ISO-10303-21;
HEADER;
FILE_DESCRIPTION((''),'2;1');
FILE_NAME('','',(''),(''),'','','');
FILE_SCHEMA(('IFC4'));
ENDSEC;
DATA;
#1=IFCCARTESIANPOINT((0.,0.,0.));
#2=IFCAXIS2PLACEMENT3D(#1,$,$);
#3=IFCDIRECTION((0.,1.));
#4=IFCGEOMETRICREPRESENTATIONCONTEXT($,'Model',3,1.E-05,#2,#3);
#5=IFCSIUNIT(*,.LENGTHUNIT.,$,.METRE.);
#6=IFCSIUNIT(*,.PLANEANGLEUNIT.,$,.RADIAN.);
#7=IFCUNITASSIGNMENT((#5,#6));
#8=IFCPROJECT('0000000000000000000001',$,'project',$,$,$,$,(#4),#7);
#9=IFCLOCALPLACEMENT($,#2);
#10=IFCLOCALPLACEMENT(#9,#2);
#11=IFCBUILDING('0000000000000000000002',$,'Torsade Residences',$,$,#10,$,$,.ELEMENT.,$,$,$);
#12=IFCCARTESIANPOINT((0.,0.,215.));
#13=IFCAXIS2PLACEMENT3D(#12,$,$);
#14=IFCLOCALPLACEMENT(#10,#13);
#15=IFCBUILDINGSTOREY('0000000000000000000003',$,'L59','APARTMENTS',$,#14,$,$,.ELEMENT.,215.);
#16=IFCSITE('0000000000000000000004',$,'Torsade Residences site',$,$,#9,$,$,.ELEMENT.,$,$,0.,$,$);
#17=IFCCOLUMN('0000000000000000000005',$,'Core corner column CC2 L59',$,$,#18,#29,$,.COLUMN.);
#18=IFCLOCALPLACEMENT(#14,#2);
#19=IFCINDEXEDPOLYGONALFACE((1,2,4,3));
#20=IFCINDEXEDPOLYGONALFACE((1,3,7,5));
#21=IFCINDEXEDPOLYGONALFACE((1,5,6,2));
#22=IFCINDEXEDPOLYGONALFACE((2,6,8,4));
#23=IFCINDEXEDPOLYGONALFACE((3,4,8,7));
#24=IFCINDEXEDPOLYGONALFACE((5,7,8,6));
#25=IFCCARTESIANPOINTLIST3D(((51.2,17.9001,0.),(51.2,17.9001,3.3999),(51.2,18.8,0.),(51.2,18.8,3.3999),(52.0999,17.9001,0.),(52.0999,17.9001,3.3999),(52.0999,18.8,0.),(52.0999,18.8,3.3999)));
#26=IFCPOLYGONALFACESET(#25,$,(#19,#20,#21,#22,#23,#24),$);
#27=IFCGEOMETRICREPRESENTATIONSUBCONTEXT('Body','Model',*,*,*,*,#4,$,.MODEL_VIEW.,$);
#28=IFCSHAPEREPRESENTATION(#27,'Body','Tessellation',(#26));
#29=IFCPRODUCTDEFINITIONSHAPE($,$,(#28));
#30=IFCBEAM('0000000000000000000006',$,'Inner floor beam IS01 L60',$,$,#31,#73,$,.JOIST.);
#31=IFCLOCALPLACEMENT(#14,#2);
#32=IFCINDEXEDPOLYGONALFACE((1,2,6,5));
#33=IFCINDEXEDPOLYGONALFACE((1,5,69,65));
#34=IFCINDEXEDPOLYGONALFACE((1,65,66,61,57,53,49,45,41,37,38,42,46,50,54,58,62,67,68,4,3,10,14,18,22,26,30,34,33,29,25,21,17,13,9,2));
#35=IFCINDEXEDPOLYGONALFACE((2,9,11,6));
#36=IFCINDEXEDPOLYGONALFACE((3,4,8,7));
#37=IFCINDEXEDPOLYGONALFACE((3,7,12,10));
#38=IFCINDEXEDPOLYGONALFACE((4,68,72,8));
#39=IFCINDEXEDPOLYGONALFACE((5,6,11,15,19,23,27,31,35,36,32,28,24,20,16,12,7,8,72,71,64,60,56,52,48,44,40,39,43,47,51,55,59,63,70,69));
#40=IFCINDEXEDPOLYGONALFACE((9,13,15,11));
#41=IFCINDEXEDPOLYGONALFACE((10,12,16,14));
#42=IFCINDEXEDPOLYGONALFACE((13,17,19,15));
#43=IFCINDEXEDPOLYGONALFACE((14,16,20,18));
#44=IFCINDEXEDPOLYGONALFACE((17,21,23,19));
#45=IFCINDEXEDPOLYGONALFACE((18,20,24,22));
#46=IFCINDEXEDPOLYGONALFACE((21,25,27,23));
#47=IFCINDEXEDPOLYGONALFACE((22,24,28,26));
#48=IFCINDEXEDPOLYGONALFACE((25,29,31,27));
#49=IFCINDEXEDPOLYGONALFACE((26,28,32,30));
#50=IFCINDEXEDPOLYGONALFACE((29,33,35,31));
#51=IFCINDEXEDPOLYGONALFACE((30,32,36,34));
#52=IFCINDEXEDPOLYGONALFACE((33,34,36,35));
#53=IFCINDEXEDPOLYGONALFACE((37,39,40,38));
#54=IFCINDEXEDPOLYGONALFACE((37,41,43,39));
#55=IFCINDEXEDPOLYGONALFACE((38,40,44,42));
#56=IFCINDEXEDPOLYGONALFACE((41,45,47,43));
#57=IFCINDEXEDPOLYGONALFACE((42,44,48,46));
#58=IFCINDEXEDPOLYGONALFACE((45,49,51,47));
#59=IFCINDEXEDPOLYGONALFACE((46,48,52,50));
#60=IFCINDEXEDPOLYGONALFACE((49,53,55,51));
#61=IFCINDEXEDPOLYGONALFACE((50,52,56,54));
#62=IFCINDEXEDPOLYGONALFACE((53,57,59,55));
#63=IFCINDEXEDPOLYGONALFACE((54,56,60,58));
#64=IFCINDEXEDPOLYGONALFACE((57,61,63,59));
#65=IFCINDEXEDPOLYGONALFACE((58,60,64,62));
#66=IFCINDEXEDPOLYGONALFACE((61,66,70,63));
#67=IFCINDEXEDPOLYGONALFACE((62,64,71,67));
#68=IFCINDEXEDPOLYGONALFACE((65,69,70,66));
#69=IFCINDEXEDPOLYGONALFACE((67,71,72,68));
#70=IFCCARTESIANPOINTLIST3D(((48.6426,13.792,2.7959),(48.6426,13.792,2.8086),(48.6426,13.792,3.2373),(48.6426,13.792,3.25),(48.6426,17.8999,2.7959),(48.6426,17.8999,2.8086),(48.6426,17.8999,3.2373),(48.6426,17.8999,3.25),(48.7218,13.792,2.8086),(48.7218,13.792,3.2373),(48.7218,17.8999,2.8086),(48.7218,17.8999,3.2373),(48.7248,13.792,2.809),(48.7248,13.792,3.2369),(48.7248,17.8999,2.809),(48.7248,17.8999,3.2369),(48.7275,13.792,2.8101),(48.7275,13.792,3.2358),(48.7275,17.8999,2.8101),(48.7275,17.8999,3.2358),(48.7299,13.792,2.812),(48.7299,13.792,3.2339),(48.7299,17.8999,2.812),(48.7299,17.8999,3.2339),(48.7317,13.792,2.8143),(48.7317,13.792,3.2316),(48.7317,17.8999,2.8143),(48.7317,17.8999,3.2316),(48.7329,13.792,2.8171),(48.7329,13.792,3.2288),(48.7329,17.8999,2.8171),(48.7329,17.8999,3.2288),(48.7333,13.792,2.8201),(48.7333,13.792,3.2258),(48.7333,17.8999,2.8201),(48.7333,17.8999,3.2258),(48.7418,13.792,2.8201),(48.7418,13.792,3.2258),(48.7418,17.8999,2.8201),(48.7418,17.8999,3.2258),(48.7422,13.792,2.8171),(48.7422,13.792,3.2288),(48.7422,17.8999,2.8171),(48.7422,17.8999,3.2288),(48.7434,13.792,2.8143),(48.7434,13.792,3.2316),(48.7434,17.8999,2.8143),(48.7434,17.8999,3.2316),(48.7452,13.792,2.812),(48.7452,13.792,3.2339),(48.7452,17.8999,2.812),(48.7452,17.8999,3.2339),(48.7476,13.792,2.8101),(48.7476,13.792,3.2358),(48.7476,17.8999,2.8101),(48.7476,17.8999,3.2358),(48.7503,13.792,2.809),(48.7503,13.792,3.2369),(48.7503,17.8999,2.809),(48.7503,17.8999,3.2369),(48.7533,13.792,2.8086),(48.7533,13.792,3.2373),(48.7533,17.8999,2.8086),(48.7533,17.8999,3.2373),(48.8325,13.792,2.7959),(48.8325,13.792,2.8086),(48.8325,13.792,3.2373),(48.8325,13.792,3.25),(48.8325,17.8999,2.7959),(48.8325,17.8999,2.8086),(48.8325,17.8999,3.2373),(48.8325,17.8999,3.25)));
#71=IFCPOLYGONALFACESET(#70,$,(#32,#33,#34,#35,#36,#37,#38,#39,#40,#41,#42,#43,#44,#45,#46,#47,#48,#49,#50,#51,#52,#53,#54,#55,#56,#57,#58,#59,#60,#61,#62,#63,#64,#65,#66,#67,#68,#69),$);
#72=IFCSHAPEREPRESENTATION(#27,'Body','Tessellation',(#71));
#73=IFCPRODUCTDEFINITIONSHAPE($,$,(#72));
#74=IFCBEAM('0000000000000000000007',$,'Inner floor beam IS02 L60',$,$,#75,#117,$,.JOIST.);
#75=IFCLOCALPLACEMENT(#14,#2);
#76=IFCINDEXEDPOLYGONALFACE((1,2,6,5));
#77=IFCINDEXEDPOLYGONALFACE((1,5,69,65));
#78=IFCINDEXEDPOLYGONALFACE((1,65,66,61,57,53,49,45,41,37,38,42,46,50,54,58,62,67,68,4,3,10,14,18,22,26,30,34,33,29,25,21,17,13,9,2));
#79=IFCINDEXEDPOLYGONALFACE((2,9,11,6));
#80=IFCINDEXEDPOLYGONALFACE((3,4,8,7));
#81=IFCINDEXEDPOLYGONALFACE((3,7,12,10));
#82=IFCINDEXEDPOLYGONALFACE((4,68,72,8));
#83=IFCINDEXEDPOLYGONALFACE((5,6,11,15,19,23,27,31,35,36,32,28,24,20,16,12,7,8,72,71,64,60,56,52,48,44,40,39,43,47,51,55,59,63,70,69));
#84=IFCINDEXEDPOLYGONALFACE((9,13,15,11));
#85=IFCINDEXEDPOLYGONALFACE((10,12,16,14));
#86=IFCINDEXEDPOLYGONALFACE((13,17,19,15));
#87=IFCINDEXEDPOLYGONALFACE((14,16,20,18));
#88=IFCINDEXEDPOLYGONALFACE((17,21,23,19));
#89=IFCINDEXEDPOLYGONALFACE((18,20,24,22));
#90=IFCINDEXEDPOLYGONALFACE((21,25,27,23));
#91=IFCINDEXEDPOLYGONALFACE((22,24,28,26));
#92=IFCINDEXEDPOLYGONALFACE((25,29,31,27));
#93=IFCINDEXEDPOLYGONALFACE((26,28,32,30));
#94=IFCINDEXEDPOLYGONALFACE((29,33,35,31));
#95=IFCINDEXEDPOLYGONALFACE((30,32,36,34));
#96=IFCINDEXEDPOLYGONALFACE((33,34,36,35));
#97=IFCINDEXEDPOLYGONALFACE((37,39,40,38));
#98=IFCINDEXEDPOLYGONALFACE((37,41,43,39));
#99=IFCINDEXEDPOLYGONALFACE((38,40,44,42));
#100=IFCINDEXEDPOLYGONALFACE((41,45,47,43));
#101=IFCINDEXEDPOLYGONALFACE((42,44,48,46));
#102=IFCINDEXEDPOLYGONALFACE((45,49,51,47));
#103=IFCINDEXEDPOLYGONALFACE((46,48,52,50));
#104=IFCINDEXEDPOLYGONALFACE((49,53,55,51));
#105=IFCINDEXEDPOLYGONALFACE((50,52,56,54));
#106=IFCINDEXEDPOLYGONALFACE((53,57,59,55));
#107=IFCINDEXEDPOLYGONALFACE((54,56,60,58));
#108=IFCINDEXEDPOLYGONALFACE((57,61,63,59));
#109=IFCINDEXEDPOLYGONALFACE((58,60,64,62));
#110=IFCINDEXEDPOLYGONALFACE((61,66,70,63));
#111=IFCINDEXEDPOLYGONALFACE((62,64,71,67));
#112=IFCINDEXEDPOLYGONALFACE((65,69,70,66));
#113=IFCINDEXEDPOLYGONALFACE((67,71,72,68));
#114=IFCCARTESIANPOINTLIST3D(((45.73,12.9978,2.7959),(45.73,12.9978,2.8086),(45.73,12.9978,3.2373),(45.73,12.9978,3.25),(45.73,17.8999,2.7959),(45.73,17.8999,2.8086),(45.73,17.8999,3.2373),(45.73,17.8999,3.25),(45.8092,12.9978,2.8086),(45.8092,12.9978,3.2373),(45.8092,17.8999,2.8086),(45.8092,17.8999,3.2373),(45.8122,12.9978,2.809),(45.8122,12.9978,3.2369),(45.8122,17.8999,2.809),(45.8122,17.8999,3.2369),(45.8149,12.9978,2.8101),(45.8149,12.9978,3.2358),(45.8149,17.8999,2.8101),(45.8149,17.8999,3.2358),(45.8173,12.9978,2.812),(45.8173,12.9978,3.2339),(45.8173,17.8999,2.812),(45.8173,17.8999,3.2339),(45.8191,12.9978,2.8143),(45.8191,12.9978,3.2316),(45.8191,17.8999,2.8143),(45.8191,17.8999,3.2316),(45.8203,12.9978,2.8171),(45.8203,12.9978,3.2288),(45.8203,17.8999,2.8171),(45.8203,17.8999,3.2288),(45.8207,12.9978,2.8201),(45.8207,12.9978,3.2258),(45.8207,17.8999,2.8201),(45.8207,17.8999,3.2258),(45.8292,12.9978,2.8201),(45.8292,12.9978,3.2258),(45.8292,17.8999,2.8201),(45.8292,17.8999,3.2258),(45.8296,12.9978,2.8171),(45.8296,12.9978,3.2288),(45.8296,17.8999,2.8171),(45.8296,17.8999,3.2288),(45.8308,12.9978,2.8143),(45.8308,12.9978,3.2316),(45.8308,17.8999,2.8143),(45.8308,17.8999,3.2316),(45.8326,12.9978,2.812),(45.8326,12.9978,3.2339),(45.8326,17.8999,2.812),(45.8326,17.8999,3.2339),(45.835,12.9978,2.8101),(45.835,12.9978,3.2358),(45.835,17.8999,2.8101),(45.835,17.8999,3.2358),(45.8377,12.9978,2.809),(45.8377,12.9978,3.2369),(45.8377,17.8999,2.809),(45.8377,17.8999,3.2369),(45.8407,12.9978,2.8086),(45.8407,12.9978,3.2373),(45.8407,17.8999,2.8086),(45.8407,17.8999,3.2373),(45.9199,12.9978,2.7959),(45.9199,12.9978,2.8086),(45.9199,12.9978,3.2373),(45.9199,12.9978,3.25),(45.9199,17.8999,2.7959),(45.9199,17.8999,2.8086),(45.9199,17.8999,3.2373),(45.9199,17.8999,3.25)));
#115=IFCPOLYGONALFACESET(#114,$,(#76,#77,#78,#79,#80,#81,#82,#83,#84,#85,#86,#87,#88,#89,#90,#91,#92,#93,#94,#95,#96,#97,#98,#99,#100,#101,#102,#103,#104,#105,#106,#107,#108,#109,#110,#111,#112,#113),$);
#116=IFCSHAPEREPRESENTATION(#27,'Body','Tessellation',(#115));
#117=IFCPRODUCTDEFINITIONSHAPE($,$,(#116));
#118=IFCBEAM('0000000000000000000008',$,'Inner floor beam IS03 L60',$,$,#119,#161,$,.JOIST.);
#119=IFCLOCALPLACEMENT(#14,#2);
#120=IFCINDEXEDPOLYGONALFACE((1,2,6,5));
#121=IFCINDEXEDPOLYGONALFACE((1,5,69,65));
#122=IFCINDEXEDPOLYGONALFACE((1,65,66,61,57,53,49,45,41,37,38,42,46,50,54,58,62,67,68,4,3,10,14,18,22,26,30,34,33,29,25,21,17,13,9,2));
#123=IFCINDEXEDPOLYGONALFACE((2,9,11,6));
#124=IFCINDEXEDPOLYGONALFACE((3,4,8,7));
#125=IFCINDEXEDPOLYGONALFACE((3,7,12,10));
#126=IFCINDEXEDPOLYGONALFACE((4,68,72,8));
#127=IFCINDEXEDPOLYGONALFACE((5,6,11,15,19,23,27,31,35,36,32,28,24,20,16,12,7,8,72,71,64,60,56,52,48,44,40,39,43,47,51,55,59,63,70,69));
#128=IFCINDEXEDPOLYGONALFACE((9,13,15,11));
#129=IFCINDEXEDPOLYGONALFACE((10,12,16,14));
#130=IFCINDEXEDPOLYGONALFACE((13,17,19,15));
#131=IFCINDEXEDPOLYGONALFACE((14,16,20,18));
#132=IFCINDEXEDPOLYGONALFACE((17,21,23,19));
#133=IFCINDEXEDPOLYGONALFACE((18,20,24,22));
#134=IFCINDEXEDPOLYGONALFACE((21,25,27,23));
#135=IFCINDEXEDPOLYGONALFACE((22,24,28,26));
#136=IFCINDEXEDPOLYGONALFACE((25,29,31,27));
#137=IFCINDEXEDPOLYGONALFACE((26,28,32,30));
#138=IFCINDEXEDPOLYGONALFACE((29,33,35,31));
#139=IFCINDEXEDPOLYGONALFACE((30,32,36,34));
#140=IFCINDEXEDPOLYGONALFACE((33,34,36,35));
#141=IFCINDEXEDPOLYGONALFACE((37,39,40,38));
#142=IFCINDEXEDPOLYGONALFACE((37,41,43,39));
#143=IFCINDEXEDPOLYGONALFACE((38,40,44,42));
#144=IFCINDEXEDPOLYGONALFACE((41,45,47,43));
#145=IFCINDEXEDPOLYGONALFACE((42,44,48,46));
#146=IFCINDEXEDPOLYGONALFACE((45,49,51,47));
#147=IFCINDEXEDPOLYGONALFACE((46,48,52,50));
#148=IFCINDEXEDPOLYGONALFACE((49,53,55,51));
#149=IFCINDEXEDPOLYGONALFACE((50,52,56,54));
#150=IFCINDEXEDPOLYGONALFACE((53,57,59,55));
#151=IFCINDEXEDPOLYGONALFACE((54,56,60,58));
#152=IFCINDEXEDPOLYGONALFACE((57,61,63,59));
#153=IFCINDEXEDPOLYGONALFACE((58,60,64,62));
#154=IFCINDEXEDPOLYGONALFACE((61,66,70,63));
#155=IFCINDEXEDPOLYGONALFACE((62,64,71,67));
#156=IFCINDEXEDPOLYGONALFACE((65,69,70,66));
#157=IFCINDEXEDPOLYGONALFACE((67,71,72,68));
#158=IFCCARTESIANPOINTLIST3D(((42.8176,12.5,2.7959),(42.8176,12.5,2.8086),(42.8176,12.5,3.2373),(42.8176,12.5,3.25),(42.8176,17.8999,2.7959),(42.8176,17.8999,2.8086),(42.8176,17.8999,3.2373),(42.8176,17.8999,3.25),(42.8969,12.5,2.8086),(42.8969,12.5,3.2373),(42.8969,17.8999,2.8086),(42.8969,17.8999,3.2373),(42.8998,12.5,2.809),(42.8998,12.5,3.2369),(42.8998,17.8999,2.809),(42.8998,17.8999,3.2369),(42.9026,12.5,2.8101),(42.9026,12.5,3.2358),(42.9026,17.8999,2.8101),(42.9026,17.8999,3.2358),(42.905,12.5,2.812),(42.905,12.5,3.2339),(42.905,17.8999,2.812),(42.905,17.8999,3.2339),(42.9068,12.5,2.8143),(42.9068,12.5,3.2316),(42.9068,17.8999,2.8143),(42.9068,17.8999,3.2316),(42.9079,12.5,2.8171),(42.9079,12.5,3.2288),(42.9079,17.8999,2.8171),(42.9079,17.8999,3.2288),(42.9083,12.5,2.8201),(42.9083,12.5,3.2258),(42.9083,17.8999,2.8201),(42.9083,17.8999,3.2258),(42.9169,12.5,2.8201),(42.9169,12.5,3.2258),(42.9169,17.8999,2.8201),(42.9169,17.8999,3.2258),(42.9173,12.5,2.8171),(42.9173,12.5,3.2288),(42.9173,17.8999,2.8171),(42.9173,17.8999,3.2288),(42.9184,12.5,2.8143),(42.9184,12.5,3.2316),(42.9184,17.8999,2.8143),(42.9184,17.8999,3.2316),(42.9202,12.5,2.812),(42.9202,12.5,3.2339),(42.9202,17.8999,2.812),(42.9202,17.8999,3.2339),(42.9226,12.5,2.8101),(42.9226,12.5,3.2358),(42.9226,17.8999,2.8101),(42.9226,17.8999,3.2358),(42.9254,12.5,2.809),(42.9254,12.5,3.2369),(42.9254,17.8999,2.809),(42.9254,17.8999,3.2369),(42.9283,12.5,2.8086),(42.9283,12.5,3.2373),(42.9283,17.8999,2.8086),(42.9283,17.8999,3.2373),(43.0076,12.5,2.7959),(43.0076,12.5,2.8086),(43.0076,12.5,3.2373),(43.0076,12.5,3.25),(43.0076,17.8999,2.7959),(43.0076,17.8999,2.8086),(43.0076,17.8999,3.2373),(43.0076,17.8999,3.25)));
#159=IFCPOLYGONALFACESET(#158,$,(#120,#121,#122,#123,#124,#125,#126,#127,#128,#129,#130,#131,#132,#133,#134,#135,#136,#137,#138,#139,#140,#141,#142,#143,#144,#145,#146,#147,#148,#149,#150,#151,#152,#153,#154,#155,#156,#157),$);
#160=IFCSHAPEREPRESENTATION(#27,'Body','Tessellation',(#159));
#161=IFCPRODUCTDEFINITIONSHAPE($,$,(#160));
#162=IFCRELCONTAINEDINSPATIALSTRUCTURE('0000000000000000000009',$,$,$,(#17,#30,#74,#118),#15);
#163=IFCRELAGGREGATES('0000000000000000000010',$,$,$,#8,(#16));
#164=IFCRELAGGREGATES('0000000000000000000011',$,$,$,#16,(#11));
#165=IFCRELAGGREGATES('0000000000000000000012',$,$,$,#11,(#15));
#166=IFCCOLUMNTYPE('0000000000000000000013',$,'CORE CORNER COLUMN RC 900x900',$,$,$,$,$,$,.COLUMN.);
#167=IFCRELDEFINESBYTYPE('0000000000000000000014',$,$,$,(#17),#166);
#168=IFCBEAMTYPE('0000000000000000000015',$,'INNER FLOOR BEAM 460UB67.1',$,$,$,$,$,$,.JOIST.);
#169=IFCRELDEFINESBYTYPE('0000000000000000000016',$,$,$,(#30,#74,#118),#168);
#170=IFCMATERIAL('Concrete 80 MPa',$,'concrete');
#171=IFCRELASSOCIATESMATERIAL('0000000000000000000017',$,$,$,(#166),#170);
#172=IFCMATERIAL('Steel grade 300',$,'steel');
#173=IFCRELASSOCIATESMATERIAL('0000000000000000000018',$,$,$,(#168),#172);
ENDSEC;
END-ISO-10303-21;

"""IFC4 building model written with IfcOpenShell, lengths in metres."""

from ifc_helpers import new_model, si_unit, direction, frame, origin, origin_2d, place, context, subcontext, project, spatial, rectangle, i_section, extrude, material, material_profile, profile_set, type_object, element, save


model = new_model("IFC4")

# Units and contexts
model_context = context("Model", 3, precision=1e-05, world=origin(), true_north=direction((0.0, 1.0)))
body_context = subcontext(model_context, "Body", "Model", "MODEL_VIEW")
ifc_project = project(units=[si_unit("LENGTHUNIT", "METRE"), si_unit("PLANEANGLEUNIT", "RADIAN")], contexts=[model_context])

# Site, building, storey
site_placement = place(None, origin())
site = spatial("IfcSite", under=ifc_project, at=site_placement, Name="Torsade Residences site", CompositionType="ELEMENT", RefElevation=0.0)
building_placement = place(site_placement, origin())
building = spatial("IfcBuilding", under=site, at=building_placement, Name="Torsade Residences", CompositionType="ELEMENT")
storey_placement = place(building_placement, frame((0.0, 0.0, 215.0)))
storey = spatial("IfcBuildingStorey", under=building, at=storey_placement, Name="L59", Description="APARTMENTS", CompositionType="ELEMENT", Elevation=215.0)

# Column
ifc_material_1 = material(Name="Concrete 80 MPa", Category="concrete")
ifc_material_profile_1 = material_profile(ifc_material_1, rectangle(XDim=0.8999, YDim=0.8999, at=origin_2d()), Name="RC 900x900")
ifc_profile_set_1 = profile_set([ifc_material_profile_1], Name="Concrete 80 MPa")
column_type = type_object("IfcColumnType", Name="CORE CORNER COLUMN RC 900x900", PredefinedType="COLUMN", material=ifc_profile_set_1)
column_placement = place(storey_placement, frame((51.6499, 18.3501, 0.0), z_axis=(0.0, 0.0, 1.0), x_axis=(1.0, 0.0, 0.0)))
element("IfcColumn", 1, at=column_placement, inside=storey, type_object=column_type, Name="Core corner column CC2 L59", PredefinedType="COLUMN", context=body_context, shape_type="SweptSolid", body=[
    extrude(rectangle(XDim=0.8999, YDim=0.8999, at=origin_2d()), origin(), (0.0, 0.0, 1.0), 3.3999),
])

# Beams
ifc_material_2 = material(Name="Steel grade 300", Category="steel")
ifc_material_profile_2 = material_profile(ifc_material_2, i_section(OverallWidth=0.1899, OverallDepth=0.4541, WebThickness=0.0085, FlangeThickness=0.0127, FilletRadius=0.0115, at=origin_2d()), Name="460UB67.1")
ifc_profile_set_2 = profile_set([ifc_material_profile_2], Name="Steel grade 300")
beam_type = type_object("IfcBeamType", Name="INNER FLOOR BEAM 460UB67.1", PredefinedType="JOIST", material=ifc_profile_set_2)
beam_1_placement = place(storey_placement, frame((48.7375, 17.8999, 3.0229), z_axis=(0.0, -1.0, 0.0), x_axis=(1.0, 0.0, 0.0)))
element("IfcBeam", 2, at=beam_1_placement, inside=storey, type_object=beam_type, Name="Inner floor beam IS01 L60", PredefinedType="JOIST", context=body_context, shape_type="SweptSolid", body=[
    extrude(i_section(OverallWidth=0.1899, OverallDepth=0.4541, WebThickness=0.0085, FlangeThickness=0.0127, FilletRadius=0.0115, at=origin_2d()), origin(), (0.0, 0.0, 1.0), 4.1079),
])
beam_2_placement = place(storey_placement, frame((45.825, 17.8999, 3.0229), z_axis=(0.0, -1.0, 0.0), x_axis=(1.0, 0.0, 0.0)))
element("IfcBeam", 3, at=beam_2_placement, inside=storey, type_object=beam_type, Name="Inner floor beam IS02 L60", PredefinedType="JOIST", context=body_context, shape_type="SweptSolid", body=[
    extrude(i_section(OverallWidth=0.1899, OverallDepth=0.4541, WebThickness=0.0085, FlangeThickness=0.0127, FilletRadius=0.0115, at=origin_2d()), origin(), (0.0, 0.0, 1.0), 4.9021),
])
for number, where, z_axis, x_axis, name in (
    (4, (42.9126, 17.8999, 3.0229), (0.0, -1.0, 0.0), (1.0, 0.0, 0.0), "Inner floor beam IS03 L60"),
):
    element("IfcBeam", number, at=place(storey_placement, frame(where, z_axis=z_axis, x_axis=x_axis)), inside=storey, type_object=beam_type, Name=name, PredefinedType="JOIST", context=body_context, shape_type="SweptSolid", body=[
        extrude(i_section(OverallWidth=0.1899, OverallDepth=0.4541, WebThickness=0.0085, FlangeThickness=0.0127, FilletRadius=0.0115, at=origin_2d()), origin(), (0.0, 0.0, 1.0), 5.3999),
    ])

save(model, "model.ifc")
